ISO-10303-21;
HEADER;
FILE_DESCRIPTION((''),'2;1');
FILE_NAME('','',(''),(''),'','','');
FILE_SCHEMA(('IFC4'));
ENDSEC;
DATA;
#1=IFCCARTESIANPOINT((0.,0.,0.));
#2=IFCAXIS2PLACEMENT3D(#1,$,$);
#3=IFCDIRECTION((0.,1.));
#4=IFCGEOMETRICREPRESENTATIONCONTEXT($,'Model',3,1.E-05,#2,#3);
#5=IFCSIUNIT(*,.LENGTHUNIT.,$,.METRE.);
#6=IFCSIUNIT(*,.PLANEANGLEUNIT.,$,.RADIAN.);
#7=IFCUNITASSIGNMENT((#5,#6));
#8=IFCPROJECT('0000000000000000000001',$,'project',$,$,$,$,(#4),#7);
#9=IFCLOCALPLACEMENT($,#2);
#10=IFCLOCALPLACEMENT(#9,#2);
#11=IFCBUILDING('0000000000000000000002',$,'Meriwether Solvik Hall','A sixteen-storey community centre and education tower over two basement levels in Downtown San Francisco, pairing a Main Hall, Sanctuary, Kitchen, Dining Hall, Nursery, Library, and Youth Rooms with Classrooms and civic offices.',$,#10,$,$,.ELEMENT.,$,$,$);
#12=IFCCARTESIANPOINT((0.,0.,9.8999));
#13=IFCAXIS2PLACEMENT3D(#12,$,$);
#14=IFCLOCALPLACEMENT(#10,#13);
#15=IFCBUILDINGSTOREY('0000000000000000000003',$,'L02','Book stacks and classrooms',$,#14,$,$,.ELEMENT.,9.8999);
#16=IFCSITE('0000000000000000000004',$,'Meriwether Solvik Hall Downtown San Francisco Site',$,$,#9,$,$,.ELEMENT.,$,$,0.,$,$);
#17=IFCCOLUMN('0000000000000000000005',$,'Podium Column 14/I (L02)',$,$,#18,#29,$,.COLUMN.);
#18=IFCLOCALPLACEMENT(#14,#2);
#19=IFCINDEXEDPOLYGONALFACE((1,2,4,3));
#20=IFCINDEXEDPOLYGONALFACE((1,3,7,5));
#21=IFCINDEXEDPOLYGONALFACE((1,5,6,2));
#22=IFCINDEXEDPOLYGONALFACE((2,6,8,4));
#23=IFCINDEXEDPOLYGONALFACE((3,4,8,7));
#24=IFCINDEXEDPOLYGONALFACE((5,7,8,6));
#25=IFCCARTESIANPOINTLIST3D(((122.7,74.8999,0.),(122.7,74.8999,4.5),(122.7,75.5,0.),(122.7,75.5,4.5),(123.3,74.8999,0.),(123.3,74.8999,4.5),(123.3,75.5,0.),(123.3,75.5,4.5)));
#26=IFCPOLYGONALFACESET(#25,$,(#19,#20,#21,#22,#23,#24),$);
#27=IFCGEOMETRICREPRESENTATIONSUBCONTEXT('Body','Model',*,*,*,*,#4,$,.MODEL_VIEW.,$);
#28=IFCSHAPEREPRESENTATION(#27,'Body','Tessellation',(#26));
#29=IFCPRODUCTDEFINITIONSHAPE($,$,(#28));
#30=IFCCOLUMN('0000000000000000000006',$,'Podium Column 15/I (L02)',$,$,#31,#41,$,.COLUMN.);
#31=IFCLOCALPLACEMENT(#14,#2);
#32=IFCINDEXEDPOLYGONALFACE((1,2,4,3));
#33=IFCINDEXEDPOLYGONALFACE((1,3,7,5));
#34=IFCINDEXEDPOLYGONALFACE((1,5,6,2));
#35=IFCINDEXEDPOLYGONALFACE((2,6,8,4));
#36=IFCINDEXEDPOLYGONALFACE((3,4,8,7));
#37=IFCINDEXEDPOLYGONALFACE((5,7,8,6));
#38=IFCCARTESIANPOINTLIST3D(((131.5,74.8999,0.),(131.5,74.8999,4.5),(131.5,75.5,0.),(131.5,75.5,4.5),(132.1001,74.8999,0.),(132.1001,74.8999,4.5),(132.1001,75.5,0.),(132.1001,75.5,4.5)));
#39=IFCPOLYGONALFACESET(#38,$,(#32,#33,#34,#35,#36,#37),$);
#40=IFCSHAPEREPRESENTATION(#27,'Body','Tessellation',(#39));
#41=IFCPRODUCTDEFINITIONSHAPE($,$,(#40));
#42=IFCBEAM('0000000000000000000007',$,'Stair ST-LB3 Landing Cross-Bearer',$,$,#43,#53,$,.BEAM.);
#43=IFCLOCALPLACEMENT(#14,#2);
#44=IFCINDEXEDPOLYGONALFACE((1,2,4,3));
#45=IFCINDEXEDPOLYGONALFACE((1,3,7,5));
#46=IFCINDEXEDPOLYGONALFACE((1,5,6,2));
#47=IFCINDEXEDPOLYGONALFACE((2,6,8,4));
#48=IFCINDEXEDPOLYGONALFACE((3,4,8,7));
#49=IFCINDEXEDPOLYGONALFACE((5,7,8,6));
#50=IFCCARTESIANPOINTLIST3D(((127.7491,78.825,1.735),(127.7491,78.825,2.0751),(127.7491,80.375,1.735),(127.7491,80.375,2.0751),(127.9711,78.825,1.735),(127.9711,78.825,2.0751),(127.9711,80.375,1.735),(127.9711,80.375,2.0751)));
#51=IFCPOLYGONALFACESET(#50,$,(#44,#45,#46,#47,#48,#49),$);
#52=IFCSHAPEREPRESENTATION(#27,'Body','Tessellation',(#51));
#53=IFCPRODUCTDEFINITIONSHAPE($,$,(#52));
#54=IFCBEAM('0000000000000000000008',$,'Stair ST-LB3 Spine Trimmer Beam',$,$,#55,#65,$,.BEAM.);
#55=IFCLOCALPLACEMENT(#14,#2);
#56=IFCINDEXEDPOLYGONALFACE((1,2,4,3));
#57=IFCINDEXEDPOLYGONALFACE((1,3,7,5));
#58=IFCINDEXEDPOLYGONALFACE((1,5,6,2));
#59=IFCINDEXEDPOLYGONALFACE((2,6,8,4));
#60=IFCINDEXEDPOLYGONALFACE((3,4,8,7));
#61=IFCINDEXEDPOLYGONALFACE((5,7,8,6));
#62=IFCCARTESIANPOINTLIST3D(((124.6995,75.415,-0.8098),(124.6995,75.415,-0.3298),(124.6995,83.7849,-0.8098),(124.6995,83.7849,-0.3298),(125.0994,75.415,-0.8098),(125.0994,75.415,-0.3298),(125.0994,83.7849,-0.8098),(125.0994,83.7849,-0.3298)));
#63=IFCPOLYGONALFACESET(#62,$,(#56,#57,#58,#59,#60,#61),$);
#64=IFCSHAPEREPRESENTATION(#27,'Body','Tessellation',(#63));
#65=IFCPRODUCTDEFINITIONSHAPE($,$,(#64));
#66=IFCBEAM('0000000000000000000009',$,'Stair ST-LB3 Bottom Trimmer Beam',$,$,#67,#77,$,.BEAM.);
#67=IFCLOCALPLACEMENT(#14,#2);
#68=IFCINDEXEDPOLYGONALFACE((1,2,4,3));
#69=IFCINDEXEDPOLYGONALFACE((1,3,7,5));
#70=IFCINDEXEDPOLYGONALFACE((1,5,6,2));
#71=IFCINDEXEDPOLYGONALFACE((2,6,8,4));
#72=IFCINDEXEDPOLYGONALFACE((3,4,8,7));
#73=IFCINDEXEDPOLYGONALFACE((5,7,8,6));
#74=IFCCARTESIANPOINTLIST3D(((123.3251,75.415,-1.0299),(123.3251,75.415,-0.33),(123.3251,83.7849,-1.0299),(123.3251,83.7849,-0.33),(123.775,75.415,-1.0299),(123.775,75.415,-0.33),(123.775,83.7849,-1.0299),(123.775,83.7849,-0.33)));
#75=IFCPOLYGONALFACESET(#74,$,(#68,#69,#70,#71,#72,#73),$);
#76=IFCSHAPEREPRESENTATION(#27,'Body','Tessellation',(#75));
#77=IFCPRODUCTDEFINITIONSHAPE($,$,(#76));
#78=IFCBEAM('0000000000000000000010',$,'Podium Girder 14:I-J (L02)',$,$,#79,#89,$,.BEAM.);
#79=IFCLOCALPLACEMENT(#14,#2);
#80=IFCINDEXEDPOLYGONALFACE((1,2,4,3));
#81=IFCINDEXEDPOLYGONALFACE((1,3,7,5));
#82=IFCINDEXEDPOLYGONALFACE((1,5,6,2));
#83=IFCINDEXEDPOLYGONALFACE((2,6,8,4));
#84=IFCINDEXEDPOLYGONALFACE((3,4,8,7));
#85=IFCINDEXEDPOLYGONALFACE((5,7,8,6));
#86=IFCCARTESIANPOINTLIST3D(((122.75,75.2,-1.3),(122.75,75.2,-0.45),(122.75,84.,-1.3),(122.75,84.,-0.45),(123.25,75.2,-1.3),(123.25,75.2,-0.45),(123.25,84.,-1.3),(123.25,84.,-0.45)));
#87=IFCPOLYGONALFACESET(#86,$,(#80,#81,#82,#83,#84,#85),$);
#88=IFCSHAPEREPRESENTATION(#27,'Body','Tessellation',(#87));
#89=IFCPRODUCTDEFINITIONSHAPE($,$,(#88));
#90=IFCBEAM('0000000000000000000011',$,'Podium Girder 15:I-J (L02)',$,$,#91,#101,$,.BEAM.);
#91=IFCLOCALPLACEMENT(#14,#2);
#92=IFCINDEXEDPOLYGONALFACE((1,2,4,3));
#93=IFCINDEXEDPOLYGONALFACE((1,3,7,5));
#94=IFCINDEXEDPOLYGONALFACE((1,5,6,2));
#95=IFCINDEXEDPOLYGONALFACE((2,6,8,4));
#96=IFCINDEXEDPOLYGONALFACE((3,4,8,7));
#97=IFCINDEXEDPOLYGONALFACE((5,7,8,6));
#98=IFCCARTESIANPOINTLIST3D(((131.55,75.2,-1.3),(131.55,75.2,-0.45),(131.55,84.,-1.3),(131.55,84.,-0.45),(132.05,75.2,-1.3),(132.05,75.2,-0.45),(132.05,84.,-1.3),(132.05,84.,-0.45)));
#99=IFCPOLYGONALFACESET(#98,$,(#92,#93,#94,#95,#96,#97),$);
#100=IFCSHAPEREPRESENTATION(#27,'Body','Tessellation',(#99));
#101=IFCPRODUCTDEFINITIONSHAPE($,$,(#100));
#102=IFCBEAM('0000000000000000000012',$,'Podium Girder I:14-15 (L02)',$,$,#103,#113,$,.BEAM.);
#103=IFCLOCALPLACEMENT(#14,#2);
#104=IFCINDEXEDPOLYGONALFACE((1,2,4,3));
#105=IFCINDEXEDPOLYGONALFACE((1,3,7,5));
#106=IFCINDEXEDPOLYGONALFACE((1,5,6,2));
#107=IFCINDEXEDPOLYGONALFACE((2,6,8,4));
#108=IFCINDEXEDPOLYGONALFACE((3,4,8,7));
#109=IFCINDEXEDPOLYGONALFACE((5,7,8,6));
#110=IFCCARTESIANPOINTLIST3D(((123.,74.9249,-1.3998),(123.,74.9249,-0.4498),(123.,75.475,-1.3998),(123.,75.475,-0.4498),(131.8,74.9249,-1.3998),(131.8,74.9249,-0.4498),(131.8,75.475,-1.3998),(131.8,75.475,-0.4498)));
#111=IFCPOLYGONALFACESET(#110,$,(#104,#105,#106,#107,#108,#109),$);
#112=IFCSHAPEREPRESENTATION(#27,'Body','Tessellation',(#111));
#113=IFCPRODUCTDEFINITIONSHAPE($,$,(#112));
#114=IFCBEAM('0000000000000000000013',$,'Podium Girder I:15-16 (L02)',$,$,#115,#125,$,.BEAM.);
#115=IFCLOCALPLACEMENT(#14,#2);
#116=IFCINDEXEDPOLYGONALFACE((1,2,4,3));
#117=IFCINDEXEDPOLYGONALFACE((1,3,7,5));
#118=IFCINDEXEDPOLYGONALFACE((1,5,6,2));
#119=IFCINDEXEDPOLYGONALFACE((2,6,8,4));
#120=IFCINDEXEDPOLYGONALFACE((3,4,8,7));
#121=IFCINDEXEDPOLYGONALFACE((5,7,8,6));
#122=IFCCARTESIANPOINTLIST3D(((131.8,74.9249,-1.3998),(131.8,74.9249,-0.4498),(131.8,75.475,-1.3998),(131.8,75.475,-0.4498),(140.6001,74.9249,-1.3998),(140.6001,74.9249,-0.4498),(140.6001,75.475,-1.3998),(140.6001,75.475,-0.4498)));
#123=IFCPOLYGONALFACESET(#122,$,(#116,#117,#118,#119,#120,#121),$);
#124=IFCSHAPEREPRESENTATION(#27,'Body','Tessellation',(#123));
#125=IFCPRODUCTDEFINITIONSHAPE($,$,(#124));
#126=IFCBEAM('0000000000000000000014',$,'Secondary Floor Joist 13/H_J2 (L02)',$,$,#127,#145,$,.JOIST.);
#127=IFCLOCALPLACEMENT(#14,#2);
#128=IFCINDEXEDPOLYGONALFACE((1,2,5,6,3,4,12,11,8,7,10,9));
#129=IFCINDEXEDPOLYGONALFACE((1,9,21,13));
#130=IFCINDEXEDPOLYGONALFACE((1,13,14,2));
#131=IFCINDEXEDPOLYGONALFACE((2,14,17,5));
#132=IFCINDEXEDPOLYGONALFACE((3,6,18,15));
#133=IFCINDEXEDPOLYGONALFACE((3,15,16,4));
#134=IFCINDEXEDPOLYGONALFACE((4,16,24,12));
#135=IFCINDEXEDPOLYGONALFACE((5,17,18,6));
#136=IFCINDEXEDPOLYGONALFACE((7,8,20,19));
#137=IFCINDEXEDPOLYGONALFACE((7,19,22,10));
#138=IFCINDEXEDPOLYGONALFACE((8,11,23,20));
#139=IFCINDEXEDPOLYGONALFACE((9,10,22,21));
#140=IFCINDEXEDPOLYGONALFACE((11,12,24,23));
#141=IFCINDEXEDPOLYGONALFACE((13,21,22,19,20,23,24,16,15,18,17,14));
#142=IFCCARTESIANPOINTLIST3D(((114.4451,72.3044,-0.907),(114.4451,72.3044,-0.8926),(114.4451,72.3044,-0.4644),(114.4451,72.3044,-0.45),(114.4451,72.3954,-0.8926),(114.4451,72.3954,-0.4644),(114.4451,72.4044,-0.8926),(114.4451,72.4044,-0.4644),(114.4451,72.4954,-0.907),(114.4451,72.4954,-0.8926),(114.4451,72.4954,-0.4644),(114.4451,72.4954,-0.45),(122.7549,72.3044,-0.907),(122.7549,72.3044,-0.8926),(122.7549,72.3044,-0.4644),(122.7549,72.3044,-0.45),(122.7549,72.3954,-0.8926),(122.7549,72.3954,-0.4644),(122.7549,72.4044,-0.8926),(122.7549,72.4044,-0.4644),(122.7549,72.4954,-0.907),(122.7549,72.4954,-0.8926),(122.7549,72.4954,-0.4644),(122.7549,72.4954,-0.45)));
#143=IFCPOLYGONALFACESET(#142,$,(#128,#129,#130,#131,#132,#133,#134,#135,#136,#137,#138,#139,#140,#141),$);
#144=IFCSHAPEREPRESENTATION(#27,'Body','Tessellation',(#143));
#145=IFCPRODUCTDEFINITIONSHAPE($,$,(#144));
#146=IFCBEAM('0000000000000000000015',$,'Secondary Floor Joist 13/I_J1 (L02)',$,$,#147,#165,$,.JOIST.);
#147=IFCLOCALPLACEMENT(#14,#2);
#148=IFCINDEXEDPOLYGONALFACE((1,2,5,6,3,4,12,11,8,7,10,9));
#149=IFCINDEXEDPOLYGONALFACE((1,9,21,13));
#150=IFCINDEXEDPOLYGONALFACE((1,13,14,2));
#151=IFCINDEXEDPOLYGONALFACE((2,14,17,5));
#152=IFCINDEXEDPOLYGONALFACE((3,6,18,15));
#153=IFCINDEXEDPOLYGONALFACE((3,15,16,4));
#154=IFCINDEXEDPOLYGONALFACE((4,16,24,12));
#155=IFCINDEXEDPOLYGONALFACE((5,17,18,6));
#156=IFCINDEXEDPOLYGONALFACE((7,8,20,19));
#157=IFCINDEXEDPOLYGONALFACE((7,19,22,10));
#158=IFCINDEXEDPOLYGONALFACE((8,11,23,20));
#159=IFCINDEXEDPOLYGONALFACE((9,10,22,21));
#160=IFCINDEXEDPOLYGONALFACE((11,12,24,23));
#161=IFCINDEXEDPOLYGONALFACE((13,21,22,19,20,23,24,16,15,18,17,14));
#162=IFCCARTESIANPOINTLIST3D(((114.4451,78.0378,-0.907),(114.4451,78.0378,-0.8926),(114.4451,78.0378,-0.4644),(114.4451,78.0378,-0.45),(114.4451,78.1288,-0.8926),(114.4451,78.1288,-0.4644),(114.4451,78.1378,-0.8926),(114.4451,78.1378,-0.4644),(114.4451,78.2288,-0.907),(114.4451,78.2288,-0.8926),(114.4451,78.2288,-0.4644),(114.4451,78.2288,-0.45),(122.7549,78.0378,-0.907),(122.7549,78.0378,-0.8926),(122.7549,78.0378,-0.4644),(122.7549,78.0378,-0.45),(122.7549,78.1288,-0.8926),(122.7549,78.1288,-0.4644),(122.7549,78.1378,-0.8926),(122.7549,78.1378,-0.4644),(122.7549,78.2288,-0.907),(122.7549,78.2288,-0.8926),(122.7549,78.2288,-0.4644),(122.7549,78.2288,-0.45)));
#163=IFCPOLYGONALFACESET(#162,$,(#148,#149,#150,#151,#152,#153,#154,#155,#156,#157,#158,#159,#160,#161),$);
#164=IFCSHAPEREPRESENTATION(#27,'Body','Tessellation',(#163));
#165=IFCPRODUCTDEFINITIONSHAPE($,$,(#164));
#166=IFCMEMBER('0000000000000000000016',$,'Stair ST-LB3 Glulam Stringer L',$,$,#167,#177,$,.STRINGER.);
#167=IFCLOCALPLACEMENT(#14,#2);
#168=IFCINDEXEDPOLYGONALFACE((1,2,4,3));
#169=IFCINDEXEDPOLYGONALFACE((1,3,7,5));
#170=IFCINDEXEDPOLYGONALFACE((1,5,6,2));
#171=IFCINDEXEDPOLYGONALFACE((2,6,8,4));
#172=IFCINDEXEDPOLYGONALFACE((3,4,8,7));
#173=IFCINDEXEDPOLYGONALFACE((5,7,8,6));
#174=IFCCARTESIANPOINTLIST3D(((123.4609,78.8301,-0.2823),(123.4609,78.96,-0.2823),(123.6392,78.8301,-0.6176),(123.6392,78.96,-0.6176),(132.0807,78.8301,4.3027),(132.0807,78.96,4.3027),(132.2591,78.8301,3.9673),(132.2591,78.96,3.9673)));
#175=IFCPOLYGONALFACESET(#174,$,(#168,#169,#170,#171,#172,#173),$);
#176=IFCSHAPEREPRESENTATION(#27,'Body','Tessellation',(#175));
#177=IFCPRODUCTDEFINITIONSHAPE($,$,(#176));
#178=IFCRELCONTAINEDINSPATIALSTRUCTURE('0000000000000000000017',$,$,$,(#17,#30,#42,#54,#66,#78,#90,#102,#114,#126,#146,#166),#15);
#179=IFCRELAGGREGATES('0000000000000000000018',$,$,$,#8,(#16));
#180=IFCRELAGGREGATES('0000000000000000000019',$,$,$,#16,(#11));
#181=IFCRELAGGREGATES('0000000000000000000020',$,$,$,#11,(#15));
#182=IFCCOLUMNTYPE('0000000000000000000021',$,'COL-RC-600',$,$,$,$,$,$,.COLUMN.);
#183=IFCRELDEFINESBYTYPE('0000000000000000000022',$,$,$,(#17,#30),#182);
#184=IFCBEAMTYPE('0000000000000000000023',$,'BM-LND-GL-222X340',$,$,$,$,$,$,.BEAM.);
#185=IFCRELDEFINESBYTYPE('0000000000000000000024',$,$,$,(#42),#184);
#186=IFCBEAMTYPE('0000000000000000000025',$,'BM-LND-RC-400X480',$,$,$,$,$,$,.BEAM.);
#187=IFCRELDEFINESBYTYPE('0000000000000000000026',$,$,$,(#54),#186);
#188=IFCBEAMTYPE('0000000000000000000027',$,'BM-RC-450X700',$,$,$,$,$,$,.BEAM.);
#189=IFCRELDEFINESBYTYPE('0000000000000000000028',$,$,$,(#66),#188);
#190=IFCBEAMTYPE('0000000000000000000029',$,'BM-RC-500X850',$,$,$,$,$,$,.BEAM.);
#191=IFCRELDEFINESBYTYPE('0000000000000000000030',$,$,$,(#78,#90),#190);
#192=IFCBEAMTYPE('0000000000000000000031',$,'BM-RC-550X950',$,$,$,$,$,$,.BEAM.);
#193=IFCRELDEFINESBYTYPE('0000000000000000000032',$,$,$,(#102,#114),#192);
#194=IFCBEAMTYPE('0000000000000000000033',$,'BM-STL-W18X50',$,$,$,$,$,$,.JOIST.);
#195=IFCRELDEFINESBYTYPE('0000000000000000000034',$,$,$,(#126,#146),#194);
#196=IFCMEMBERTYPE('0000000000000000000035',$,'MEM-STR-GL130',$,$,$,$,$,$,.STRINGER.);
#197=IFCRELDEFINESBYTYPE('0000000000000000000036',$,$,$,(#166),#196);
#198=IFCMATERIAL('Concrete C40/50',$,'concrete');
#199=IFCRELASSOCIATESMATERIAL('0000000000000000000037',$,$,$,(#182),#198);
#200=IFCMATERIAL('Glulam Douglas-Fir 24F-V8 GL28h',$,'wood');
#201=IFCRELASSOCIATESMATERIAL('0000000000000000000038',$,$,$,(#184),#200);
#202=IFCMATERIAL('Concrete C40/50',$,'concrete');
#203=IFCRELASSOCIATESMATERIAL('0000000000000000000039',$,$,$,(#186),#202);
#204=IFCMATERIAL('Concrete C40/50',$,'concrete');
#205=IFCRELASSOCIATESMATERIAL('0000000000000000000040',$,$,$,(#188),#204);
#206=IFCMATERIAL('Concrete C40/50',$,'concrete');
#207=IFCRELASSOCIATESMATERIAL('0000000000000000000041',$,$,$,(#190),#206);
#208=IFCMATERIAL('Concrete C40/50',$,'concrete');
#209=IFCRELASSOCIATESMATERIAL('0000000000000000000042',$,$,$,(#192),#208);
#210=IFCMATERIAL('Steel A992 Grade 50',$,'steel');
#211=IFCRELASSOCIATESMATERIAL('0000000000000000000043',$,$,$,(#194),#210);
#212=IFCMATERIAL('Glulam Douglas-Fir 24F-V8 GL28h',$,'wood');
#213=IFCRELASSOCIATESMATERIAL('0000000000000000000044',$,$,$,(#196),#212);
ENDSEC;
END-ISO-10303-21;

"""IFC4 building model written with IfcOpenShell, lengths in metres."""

from ifc_helpers import new_model, si_unit, direction, frame, origin, origin_2d, place, context, subcontext, project, spatial, rectangle, i_section, extrude, material, material_profile, profile_set, type_object, element, save


model = new_model("IFC4")

# Units and contexts
model_context = context("Model", 3, precision=1e-05, world=origin(), true_north=direction((0.0, 1.0)))
body_context = subcontext(model_context, "Body", "Model", "MODEL_VIEW")
ifc_project = project(units=[si_unit("LENGTHUNIT", "METRE"), si_unit("PLANEANGLEUNIT", "RADIAN")], contexts=[model_context])

# Site, building, storey
site_placement = place(None, origin())
site = spatial("IfcSite", under=ifc_project, at=site_placement, Name="Meriwether Solvik Hall Downtown San Francisco Site", CompositionType="ELEMENT", RefElevation=0.0)
building_placement = place(site_placement, origin())
building = spatial("IfcBuilding", under=site, at=building_placement, Name="Meriwether Solvik Hall", Description="A sixteen-storey community centre and education tower over two basement levels in Downtown San Francisco, pairing a Main Hall, Sanctuary, Kitchen, Dining Hall, Nursery, Library, and Youth Rooms with Classrooms and civic offices.", CompositionType="ELEMENT")
storey_placement = place(building_placement, frame((0.0, 0.0, 9.8999)))
storey = spatial("IfcBuildingStorey", under=building, at=storey_placement, Name="L02", Description="Book stacks and classrooms", CompositionType="ELEMENT", Elevation=9.8999)

# Columns
ifc_material_1 = material(Name="Concrete C40/50", Category="concrete")
ifc_material_profile_1 = material_profile(ifc_material_1, rectangle(XDim=0.6001, YDim=0.6001, at=origin_2d()), Name="RCC-600X600")
ifc_profile_set_1 = profile_set([ifc_material_profile_1], Name="Concrete C40/50")
column_type = type_object("IfcColumnType", Name="COL-RC-600", PredefinedType="COLUMN", material=ifc_profile_set_1)
for number, where, z_axis, x_axis, name in (
    (1, (123.0, 75.2, 0.0), (0.0, 0.0, 1.0), (1.0, 0.0, 0.0), "Podium Column 14/I (L02)"),
    (2, (131.8, 75.2, 0.0), (0.0, 0.0, 1.0), (1.0, 0.0, 0.0), "Podium Column 15/I (L02)"),
):
    element("IfcColumn", number, at=place(storey_placement, frame(where, z_axis=z_axis, x_axis=x_axis)), inside=storey, type_object=column_type, Name=name, PredefinedType="COLUMN", context=body_context, shape_type="SweptSolid", body=[
        extrude(rectangle(XDim=0.6001, YDim=0.6001, at=origin_2d()), origin(), (0.0, 0.0, 1.0), 4.5),
    ])

# Beams
ifc_material_2 = material(Name="Glulam Douglas-Fir 24F-V8 GL28h", Category="wood")
ifc_material_profile_2 = material_profile(ifc_material_2, rectangle(XDim=0.2219, YDim=0.3401, at=origin_2d()), Name="GLB-222X340")
ifc_profile_set_2 = profile_set([ifc_material_profile_2], Name="Glulam Douglas-Fir 24F-V8 GL28h")
beam_type_1 = type_object("IfcBeamType", Name="BM-LND-GL-222X340", PredefinedType="BEAM", material=ifc_profile_set_2)
beam_1_placement = place(storey_placement, frame((127.8601, 78.825, 1.905), z_axis=(0.0, 1.0, 0.0), x_axis=(-1.0, 0.0, 0.0)))
element("IfcBeam", 3, at=beam_1_placement, inside=storey, type_object=beam_type_1, Name="Stair ST-LB3 Landing Cross-Bearer", PredefinedType="BEAM", context=body_context, shape_type="SweptSolid", body=[
    extrude(rectangle(XDim=0.2219, YDim=0.3401, at=origin_2d()), origin(), (0.0, 0.0, 1.0), 1.55),
])
ifc_material_3 = material(Name="Concrete C40/50", Category="concrete")
ifc_material_profile_3 = material_profile(ifc_material_3, rectangle(XDim=0.3999, YDim=0.48, at=origin_2d()), Name="RCB-400X480")
ifc_profile_set_3 = profile_set([ifc_material_profile_3], Name="Concrete C40/50")
beam_type_2 = type_object("IfcBeamType", Name="BM-LND-RC-400X480", PredefinedType="BEAM", material=ifc_profile_set_3)
beam_2_placement = place(storey_placement, frame((124.8994, 75.415, -0.5698), z_axis=(0.0, 1.0, 0.0), x_axis=(-1.0, 0.0, 0.0)))
element("IfcBeam", 4, at=beam_2_placement, inside=storey, type_object=beam_type_2, Name="Stair ST-LB3 Spine Trimmer Beam", PredefinedType="BEAM", context=body_context, shape_type="SweptSolid", body=[
    extrude(rectangle(XDim=0.3999, YDim=0.48, at=origin_2d()), origin(), (0.0, 0.0, 1.0), 8.3699),
])
ifc_material_4 = material(Name="Concrete C40/50", Category="concrete")
ifc_material_profile_4 = material_profile(ifc_material_4, rectangle(XDim=0.45, YDim=0.7, at=origin_2d()), Name="RCB-450X700")
ifc_profile_set_4 = profile_set([ifc_material_profile_4], Name="Concrete C40/50")
beam_type_3 = type_object("IfcBeamType", Name="BM-RC-450X700", PredefinedType="BEAM", material=ifc_profile_set_4)
beam_3_placement = place(storey_placement, frame((123.55, 75.415, -0.6799), z_axis=(0.0, 1.0, 0.0), x_axis=(-1.0, 0.0, 0.0)))
element("IfcBeam", 5, at=beam_3_placement, inside=storey, type_object=beam_type_3, Name="Stair ST-LB3 Bottom Trimmer Beam", PredefinedType="BEAM", context=body_context, shape_type="SweptSolid", body=[
    extrude(rectangle(XDim=0.45, YDim=0.7, at=origin_2d()), origin(), (0.0, 0.0, 1.0), 8.3699),
])
ifc_material_5 = material(Name="Concrete C40/50", Category="concrete")
ifc_material_profile_5 = material_profile(ifc_material_5, rectangle(XDim=0.5, YDim=0.8501, at=origin_2d()), Name="RCB-500X850")
ifc_profile_set_5 = profile_set([ifc_material_profile_5], Name="Concrete C40/50")
beam_type_4 = type_object("IfcBeamType", Name="BM-RC-500X850", PredefinedType="BEAM", material=ifc_profile_set_5)
for number, where, z_axis, x_axis, name in (
    (6, (123.0, 75.2, -0.875), (0.0, 1.0, 0.0), (-1.0, 0.0, 0.0), "Podium Girder 14:I-J (L02)"),
    (7, (131.8, 75.2, -0.875), (0.0, 1.0, 0.0), (-1.0, 0.0, 0.0), "Podium Girder 15:I-J (L02)"),
):
    element("IfcBeam", number, at=place(storey_placement, frame(where, z_axis=z_axis, x_axis=x_axis)), inside=storey, type_object=beam_type_4, Name=name, PredefinedType="BEAM", context=body_context, shape_type="SweptSolid", body=[
        extrude(rectangle(XDim=0.5, YDim=0.8501, at=origin_2d()), origin(), (0.0, 0.0, 1.0), 8.8),
    ])
ifc_material_6 = material(Name="Concrete C40/50", Category="concrete")
ifc_material_profile_6 = material_profile(ifc_material_6, rectangle(XDim=0.55, YDim=0.95, at=origin_2d()), Name="RCB-550X950")
ifc_profile_set_6 = profile_set([ifc_material_profile_6], Name="Concrete C40/50")
beam_type_5 = type_object("IfcBeamType", Name="BM-RC-550X950", PredefinedType="BEAM", material=ifc_profile_set_6)
for number, where, z_axis, x_axis, name in (
    (8, (123.0, 75.2, -0.9248), (1.0, 0.0, 0.0), (0.0, 1.0, 0.0), "Podium Girder I:14-15 (L02)"),
    (9, (131.8, 75.2, -0.9248), (1.0, 0.0, 0.0), (0.0, 1.0, 0.0), "Podium Girder I:15-16 (L02)"),
):
    element("IfcBeam", number, at=place(storey_placement, frame(where, z_axis=z_axis, x_axis=x_axis)), inside=storey, type_object=beam_type_5, Name=name, PredefinedType="BEAM", context=body_context, shape_type="SweptSolid", body=[
        extrude(rectangle(XDim=0.55, YDim=0.95, at=origin_2d()), origin(), (0.0, 0.0, 1.0), 8.8),
    ])
ifc_material_7 = material(Name="Steel A992 Grade 50", Category="steel")
ifc_material_profile_7 = material_profile(ifc_material_7, i_section(OverallWidth=0.1909, OverallDepth=0.457, WebThickness=0.009, FlangeThickness=0.0144, at=origin_2d()), Name="W18X50")
ifc_profile_set_7 = profile_set([ifc_material_profile_7], Name="Steel A992 Grade 50")
beam_type_6 = type_object("IfcBeamType", Name="BM-STL-W18X50", PredefinedType="JOIST", material=ifc_profile_set_7)
for number, where, z_axis, x_axis, name in (
    (10, (114.4451, 72.3999, -0.6785), (1.0, 0.0, 0.0), (0.0, 1.0, 0.0), "Secondary Floor Joist 13/H_J2 (L02)"),
    (11, (114.4451, 78.1333, -0.6785), (1.0, 0.0, 0.0), (0.0, 1.0, 0.0), "Secondary Floor Joist 13/I_J1 (L02)"),
):
    element("IfcBeam", number, at=place(storey_placement, frame(where, z_axis=z_axis, x_axis=x_axis)), inside=storey, type_object=beam_type_6, Name=name, PredefinedType="JOIST", context=body_context, shape_type="SweptSolid", body=[
        extrude(i_section(OverallWidth=0.1909, OverallDepth=0.457, WebThickness=0.009, FlangeThickness=0.0144, at=origin_2d()), origin(), (0.0, 0.0, 1.0), 8.3098),
    ])

# Member
ifc_material_8 = material(Name="Glulam Douglas-Fir 24F-V8 GL28h", Category="wood")
ifc_material_profile_8 = material_profile(ifc_material_8, rectangle(XDim=0.1299, YDim=0.3799, at=origin_2d()), Name="GLM-130X380")
ifc_profile_set_8 = profile_set([ifc_material_profile_8], Name="Glulam Douglas-Fir 24F-V8 GL28h")
member_type = type_object("IfcMemberType", Name="MEM-STR-GL130", PredefinedType="STRINGER", material=ifc_profile_set_8)
member_1_placement = place(storey_placement, frame((123.55, 78.895, -0.45), z_axis=(0.882876, 0.0, 0.469607), x_axis=(0.0, 1.0, 0.0)))
element("IfcMember", 12, at=member_1_placement, inside=storey, type_object=member_type, Name="Stair ST-LB3 Glulam Stringer L", PredefinedType="STRINGER", context=body_context, shape_type="SweptSolid", body=[
    extrude(rectangle(XDim=0.1299, YDim=0.3799, at=origin_2d()), origin(), (0.0, 0.0, 1.0), 9.7634),
])

save(model, "model.ifc")
